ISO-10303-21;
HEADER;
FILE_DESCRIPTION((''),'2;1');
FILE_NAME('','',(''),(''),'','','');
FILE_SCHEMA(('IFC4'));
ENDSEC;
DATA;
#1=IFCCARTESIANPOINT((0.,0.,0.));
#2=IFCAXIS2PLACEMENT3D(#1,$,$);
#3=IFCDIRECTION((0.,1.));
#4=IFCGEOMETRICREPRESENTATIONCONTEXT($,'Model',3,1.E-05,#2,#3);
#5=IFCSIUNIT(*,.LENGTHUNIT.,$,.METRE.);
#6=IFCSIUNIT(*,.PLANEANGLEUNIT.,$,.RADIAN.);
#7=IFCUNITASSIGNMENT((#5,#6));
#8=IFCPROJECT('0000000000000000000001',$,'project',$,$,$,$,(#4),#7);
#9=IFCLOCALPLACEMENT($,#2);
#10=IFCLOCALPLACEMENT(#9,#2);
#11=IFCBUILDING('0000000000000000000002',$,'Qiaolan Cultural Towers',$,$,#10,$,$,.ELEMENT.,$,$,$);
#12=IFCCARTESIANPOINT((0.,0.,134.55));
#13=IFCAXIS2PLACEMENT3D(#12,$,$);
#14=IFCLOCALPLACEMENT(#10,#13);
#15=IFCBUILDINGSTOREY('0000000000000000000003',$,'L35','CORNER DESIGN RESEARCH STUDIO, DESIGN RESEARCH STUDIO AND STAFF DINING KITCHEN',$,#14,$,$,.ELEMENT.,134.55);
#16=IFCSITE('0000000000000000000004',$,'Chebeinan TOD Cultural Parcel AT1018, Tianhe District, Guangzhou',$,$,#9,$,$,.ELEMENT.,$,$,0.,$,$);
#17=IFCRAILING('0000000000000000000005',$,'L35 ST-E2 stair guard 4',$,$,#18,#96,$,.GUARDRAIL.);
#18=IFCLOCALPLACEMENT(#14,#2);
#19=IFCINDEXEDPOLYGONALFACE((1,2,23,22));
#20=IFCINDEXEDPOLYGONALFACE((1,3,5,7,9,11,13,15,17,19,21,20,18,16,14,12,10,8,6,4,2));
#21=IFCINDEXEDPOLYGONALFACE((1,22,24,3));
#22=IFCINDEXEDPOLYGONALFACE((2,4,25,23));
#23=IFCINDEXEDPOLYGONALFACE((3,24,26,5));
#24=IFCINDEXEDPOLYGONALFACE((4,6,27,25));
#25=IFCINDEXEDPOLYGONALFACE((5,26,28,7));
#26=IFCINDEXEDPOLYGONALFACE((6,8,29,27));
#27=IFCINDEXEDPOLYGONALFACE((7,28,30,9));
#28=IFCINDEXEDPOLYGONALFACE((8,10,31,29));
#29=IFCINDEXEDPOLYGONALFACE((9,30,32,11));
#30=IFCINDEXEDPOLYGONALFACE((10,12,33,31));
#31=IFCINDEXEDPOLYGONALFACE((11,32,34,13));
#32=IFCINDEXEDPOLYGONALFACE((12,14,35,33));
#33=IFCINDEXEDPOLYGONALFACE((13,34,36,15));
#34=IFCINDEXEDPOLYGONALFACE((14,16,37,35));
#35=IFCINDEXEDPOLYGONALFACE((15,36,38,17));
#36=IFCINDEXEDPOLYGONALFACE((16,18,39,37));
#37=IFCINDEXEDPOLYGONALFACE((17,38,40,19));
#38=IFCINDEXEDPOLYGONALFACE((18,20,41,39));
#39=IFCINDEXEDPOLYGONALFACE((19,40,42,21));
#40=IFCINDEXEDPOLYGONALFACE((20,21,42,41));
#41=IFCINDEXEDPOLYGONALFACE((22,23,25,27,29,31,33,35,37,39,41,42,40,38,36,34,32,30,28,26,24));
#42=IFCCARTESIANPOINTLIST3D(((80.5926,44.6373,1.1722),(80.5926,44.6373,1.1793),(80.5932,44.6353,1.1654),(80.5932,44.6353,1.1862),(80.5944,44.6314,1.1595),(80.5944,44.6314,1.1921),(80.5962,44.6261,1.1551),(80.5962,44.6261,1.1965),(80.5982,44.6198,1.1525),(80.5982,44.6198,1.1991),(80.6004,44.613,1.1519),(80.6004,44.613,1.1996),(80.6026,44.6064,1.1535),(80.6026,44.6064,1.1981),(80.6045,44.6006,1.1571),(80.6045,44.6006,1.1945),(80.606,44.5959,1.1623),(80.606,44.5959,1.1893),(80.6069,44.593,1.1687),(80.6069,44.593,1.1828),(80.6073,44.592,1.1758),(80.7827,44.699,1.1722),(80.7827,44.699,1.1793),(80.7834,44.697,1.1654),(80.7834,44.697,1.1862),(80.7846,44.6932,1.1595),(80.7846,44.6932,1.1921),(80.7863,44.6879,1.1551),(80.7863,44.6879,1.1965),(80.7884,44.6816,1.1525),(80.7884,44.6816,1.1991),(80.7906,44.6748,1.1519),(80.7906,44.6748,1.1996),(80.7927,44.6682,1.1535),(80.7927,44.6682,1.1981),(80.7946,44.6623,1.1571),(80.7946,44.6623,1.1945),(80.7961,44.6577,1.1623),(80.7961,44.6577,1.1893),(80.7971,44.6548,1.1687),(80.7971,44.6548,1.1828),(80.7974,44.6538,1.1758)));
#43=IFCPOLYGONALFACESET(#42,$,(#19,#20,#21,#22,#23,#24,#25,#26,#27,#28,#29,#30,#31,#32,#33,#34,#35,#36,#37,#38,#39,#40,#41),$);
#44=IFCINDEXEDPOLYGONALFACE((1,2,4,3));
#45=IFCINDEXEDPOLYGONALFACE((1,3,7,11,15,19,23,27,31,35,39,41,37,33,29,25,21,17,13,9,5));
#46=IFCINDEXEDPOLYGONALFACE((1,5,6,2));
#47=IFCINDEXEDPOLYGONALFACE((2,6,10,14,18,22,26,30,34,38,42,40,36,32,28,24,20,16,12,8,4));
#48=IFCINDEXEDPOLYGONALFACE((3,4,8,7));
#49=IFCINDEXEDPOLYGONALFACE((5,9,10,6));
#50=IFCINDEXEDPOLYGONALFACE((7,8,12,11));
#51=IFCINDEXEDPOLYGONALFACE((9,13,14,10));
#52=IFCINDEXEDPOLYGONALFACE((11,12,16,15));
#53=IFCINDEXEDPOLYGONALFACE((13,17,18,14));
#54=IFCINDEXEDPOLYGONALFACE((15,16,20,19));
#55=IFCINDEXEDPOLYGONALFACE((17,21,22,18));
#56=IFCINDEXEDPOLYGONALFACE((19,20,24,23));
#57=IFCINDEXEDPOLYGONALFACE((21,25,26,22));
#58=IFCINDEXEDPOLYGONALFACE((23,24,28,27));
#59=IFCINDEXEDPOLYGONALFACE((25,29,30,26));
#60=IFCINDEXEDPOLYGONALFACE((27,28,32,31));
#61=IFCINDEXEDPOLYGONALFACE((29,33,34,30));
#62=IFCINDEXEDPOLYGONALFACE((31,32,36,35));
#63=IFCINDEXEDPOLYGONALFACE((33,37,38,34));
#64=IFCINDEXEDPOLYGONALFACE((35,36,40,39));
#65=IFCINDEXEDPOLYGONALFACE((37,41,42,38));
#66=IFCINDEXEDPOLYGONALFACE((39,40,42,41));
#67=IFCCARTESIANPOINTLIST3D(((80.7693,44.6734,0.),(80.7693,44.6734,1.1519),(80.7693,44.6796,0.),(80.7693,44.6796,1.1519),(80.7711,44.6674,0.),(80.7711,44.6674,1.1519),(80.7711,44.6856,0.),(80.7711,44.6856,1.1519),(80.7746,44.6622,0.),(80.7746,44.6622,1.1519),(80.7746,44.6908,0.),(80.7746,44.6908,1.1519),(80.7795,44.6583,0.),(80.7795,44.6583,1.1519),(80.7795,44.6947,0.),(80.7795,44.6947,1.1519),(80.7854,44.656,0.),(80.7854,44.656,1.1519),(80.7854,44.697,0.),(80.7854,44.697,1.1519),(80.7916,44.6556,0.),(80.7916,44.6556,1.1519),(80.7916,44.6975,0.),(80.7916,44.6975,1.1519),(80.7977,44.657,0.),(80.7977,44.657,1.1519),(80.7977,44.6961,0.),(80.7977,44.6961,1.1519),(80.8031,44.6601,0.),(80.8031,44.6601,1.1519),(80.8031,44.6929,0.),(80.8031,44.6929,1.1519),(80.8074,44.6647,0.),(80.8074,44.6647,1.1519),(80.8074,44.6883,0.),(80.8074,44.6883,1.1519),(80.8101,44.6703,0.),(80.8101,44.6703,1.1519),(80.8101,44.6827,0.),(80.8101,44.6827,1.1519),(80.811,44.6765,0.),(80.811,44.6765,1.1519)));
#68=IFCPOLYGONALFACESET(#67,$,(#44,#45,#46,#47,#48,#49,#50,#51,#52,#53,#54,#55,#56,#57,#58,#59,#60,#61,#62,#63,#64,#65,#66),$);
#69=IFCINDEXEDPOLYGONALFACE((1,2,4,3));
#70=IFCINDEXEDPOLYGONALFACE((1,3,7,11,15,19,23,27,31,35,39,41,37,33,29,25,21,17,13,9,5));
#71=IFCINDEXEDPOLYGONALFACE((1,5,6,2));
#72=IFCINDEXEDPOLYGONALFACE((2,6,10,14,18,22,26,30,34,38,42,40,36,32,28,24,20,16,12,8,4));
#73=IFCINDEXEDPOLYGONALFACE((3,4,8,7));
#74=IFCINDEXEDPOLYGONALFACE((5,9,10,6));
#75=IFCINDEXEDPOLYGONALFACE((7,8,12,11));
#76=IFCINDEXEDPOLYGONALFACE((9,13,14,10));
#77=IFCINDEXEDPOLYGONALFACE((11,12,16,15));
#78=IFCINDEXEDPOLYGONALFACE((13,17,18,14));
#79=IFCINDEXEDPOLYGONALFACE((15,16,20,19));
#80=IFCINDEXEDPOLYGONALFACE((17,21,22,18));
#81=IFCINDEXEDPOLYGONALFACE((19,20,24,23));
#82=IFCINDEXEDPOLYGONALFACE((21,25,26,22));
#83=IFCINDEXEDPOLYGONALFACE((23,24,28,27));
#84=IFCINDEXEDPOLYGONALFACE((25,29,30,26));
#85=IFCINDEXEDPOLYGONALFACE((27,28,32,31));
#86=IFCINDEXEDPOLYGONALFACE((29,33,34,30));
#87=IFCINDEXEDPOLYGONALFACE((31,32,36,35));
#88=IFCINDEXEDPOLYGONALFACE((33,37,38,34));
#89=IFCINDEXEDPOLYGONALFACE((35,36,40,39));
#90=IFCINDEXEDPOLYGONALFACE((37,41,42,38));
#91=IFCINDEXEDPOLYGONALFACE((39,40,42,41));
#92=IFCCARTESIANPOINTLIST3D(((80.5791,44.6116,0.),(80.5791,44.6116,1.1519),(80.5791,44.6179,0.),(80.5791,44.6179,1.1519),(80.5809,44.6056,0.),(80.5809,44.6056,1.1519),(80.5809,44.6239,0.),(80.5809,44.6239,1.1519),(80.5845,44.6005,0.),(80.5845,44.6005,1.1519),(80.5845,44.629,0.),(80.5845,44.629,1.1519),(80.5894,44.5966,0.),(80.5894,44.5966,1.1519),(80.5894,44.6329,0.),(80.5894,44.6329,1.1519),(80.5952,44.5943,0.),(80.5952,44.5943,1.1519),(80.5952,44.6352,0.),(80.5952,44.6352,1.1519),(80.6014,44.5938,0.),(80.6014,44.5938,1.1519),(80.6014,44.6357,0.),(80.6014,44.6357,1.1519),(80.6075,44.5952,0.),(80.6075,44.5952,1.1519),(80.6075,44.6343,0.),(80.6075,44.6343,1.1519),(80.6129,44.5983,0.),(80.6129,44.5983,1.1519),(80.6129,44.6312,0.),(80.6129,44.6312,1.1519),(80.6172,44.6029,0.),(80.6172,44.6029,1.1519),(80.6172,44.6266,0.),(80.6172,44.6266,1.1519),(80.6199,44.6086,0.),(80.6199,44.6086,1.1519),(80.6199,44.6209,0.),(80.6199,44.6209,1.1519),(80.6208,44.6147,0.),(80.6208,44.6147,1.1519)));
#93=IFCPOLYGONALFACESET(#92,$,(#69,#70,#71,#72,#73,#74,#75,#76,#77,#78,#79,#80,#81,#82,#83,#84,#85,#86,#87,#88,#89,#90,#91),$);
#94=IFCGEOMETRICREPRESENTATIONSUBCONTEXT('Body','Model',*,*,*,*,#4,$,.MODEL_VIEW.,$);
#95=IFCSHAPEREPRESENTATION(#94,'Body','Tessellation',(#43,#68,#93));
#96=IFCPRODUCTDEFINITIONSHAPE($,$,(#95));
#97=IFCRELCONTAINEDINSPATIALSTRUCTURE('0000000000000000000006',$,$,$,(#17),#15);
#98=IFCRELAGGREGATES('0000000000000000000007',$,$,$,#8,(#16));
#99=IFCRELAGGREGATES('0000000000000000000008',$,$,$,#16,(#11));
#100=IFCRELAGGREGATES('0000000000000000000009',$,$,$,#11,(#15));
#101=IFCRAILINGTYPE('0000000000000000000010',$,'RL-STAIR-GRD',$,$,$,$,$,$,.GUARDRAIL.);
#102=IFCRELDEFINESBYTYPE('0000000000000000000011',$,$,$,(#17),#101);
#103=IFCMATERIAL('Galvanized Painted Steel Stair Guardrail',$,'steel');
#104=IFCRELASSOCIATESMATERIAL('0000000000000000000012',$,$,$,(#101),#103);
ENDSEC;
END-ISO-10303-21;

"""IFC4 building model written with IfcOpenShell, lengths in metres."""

from ifc_helpers import new_model, si_unit, direction, frame, origin, origin_2d, place, context, subcontext, project, spatial, circle, extrude, material, type_object, element, save


model = new_model("IFC4")

# Units and contexts
model_context = context("Model", 3, precision=1e-05, world=origin(), true_north=direction((0.0, 1.0)))
body_context = subcontext(model_context, "Body", "Model", "MODEL_VIEW")
ifc_project = project(units=[si_unit("LENGTHUNIT", "METRE"), si_unit("PLANEANGLEUNIT", "RADIAN")], contexts=[model_context])

# Site, building, storey
site_placement = place(None, origin())
site = spatial("IfcSite", under=ifc_project, at=site_placement, Name="Chebeinan TOD Cultural Parcel AT1018, Tianhe District, Guangzhou", CompositionType="ELEMENT", RefElevation=0.0)
building_placement = place(site_placement, origin())
building = spatial("IfcBuilding", under=site, at=building_placement, Name="Qiaolan Cultural Towers", CompositionType="ELEMENT")
storey_placement = place(building_placement, frame((0.0, 0.0, 134.55)))
storey = spatial("IfcBuildingStorey", under=building, at=storey_placement, Name="L35", Description="CORNER DESIGN RESEARCH STUDIO, DESIGN RESEARCH STUDIO AND STAFF DINING KITCHEN", CompositionType="ELEMENT", Elevation=134.55)

# Railing
ifc_material_1 = material(Name="Galvanized Painted Steel Stair Guardrail", Category="steel")
railing_type_1 = type_object("IfcRailingType", Name="RL-STAIR-GRD", PredefinedType="GUARDRAIL", material=ifc_material_1)
railing_1_placement = place(storey_placement, frame((80.79, 44.6765, 0.0)))
element("IfcRailing", 1, at=railing_1_placement, inside=storey, type_object=railing_type_1, Name="L35 ST-E2 stair guard 4", PredefinedType="GUARDRAIL", context=body_context, shape_type="SweptSolid", body=[
    extrude(circle(Radius=0.0239, at=origin_2d()), frame((0.0, 0.0, 1.1758), z_axis=(-0.951097, -0.308893, 0.0), x_axis=(0.308893, -0.951097, 0.0)), (0.0, 0.0, 1.0), 0.2),
    extrude(circle(Radius=0.021, at=origin_2d()), origin(), (0.0, 0.0, 1.0), 1.1519),
    extrude(circle(Radius=0.021, at=origin_2d()), frame((-0.1902, -0.0618, 0.0)), (0.0, 0.0, 1.0), 1.1519),
])

save(model, "model.ifc")
